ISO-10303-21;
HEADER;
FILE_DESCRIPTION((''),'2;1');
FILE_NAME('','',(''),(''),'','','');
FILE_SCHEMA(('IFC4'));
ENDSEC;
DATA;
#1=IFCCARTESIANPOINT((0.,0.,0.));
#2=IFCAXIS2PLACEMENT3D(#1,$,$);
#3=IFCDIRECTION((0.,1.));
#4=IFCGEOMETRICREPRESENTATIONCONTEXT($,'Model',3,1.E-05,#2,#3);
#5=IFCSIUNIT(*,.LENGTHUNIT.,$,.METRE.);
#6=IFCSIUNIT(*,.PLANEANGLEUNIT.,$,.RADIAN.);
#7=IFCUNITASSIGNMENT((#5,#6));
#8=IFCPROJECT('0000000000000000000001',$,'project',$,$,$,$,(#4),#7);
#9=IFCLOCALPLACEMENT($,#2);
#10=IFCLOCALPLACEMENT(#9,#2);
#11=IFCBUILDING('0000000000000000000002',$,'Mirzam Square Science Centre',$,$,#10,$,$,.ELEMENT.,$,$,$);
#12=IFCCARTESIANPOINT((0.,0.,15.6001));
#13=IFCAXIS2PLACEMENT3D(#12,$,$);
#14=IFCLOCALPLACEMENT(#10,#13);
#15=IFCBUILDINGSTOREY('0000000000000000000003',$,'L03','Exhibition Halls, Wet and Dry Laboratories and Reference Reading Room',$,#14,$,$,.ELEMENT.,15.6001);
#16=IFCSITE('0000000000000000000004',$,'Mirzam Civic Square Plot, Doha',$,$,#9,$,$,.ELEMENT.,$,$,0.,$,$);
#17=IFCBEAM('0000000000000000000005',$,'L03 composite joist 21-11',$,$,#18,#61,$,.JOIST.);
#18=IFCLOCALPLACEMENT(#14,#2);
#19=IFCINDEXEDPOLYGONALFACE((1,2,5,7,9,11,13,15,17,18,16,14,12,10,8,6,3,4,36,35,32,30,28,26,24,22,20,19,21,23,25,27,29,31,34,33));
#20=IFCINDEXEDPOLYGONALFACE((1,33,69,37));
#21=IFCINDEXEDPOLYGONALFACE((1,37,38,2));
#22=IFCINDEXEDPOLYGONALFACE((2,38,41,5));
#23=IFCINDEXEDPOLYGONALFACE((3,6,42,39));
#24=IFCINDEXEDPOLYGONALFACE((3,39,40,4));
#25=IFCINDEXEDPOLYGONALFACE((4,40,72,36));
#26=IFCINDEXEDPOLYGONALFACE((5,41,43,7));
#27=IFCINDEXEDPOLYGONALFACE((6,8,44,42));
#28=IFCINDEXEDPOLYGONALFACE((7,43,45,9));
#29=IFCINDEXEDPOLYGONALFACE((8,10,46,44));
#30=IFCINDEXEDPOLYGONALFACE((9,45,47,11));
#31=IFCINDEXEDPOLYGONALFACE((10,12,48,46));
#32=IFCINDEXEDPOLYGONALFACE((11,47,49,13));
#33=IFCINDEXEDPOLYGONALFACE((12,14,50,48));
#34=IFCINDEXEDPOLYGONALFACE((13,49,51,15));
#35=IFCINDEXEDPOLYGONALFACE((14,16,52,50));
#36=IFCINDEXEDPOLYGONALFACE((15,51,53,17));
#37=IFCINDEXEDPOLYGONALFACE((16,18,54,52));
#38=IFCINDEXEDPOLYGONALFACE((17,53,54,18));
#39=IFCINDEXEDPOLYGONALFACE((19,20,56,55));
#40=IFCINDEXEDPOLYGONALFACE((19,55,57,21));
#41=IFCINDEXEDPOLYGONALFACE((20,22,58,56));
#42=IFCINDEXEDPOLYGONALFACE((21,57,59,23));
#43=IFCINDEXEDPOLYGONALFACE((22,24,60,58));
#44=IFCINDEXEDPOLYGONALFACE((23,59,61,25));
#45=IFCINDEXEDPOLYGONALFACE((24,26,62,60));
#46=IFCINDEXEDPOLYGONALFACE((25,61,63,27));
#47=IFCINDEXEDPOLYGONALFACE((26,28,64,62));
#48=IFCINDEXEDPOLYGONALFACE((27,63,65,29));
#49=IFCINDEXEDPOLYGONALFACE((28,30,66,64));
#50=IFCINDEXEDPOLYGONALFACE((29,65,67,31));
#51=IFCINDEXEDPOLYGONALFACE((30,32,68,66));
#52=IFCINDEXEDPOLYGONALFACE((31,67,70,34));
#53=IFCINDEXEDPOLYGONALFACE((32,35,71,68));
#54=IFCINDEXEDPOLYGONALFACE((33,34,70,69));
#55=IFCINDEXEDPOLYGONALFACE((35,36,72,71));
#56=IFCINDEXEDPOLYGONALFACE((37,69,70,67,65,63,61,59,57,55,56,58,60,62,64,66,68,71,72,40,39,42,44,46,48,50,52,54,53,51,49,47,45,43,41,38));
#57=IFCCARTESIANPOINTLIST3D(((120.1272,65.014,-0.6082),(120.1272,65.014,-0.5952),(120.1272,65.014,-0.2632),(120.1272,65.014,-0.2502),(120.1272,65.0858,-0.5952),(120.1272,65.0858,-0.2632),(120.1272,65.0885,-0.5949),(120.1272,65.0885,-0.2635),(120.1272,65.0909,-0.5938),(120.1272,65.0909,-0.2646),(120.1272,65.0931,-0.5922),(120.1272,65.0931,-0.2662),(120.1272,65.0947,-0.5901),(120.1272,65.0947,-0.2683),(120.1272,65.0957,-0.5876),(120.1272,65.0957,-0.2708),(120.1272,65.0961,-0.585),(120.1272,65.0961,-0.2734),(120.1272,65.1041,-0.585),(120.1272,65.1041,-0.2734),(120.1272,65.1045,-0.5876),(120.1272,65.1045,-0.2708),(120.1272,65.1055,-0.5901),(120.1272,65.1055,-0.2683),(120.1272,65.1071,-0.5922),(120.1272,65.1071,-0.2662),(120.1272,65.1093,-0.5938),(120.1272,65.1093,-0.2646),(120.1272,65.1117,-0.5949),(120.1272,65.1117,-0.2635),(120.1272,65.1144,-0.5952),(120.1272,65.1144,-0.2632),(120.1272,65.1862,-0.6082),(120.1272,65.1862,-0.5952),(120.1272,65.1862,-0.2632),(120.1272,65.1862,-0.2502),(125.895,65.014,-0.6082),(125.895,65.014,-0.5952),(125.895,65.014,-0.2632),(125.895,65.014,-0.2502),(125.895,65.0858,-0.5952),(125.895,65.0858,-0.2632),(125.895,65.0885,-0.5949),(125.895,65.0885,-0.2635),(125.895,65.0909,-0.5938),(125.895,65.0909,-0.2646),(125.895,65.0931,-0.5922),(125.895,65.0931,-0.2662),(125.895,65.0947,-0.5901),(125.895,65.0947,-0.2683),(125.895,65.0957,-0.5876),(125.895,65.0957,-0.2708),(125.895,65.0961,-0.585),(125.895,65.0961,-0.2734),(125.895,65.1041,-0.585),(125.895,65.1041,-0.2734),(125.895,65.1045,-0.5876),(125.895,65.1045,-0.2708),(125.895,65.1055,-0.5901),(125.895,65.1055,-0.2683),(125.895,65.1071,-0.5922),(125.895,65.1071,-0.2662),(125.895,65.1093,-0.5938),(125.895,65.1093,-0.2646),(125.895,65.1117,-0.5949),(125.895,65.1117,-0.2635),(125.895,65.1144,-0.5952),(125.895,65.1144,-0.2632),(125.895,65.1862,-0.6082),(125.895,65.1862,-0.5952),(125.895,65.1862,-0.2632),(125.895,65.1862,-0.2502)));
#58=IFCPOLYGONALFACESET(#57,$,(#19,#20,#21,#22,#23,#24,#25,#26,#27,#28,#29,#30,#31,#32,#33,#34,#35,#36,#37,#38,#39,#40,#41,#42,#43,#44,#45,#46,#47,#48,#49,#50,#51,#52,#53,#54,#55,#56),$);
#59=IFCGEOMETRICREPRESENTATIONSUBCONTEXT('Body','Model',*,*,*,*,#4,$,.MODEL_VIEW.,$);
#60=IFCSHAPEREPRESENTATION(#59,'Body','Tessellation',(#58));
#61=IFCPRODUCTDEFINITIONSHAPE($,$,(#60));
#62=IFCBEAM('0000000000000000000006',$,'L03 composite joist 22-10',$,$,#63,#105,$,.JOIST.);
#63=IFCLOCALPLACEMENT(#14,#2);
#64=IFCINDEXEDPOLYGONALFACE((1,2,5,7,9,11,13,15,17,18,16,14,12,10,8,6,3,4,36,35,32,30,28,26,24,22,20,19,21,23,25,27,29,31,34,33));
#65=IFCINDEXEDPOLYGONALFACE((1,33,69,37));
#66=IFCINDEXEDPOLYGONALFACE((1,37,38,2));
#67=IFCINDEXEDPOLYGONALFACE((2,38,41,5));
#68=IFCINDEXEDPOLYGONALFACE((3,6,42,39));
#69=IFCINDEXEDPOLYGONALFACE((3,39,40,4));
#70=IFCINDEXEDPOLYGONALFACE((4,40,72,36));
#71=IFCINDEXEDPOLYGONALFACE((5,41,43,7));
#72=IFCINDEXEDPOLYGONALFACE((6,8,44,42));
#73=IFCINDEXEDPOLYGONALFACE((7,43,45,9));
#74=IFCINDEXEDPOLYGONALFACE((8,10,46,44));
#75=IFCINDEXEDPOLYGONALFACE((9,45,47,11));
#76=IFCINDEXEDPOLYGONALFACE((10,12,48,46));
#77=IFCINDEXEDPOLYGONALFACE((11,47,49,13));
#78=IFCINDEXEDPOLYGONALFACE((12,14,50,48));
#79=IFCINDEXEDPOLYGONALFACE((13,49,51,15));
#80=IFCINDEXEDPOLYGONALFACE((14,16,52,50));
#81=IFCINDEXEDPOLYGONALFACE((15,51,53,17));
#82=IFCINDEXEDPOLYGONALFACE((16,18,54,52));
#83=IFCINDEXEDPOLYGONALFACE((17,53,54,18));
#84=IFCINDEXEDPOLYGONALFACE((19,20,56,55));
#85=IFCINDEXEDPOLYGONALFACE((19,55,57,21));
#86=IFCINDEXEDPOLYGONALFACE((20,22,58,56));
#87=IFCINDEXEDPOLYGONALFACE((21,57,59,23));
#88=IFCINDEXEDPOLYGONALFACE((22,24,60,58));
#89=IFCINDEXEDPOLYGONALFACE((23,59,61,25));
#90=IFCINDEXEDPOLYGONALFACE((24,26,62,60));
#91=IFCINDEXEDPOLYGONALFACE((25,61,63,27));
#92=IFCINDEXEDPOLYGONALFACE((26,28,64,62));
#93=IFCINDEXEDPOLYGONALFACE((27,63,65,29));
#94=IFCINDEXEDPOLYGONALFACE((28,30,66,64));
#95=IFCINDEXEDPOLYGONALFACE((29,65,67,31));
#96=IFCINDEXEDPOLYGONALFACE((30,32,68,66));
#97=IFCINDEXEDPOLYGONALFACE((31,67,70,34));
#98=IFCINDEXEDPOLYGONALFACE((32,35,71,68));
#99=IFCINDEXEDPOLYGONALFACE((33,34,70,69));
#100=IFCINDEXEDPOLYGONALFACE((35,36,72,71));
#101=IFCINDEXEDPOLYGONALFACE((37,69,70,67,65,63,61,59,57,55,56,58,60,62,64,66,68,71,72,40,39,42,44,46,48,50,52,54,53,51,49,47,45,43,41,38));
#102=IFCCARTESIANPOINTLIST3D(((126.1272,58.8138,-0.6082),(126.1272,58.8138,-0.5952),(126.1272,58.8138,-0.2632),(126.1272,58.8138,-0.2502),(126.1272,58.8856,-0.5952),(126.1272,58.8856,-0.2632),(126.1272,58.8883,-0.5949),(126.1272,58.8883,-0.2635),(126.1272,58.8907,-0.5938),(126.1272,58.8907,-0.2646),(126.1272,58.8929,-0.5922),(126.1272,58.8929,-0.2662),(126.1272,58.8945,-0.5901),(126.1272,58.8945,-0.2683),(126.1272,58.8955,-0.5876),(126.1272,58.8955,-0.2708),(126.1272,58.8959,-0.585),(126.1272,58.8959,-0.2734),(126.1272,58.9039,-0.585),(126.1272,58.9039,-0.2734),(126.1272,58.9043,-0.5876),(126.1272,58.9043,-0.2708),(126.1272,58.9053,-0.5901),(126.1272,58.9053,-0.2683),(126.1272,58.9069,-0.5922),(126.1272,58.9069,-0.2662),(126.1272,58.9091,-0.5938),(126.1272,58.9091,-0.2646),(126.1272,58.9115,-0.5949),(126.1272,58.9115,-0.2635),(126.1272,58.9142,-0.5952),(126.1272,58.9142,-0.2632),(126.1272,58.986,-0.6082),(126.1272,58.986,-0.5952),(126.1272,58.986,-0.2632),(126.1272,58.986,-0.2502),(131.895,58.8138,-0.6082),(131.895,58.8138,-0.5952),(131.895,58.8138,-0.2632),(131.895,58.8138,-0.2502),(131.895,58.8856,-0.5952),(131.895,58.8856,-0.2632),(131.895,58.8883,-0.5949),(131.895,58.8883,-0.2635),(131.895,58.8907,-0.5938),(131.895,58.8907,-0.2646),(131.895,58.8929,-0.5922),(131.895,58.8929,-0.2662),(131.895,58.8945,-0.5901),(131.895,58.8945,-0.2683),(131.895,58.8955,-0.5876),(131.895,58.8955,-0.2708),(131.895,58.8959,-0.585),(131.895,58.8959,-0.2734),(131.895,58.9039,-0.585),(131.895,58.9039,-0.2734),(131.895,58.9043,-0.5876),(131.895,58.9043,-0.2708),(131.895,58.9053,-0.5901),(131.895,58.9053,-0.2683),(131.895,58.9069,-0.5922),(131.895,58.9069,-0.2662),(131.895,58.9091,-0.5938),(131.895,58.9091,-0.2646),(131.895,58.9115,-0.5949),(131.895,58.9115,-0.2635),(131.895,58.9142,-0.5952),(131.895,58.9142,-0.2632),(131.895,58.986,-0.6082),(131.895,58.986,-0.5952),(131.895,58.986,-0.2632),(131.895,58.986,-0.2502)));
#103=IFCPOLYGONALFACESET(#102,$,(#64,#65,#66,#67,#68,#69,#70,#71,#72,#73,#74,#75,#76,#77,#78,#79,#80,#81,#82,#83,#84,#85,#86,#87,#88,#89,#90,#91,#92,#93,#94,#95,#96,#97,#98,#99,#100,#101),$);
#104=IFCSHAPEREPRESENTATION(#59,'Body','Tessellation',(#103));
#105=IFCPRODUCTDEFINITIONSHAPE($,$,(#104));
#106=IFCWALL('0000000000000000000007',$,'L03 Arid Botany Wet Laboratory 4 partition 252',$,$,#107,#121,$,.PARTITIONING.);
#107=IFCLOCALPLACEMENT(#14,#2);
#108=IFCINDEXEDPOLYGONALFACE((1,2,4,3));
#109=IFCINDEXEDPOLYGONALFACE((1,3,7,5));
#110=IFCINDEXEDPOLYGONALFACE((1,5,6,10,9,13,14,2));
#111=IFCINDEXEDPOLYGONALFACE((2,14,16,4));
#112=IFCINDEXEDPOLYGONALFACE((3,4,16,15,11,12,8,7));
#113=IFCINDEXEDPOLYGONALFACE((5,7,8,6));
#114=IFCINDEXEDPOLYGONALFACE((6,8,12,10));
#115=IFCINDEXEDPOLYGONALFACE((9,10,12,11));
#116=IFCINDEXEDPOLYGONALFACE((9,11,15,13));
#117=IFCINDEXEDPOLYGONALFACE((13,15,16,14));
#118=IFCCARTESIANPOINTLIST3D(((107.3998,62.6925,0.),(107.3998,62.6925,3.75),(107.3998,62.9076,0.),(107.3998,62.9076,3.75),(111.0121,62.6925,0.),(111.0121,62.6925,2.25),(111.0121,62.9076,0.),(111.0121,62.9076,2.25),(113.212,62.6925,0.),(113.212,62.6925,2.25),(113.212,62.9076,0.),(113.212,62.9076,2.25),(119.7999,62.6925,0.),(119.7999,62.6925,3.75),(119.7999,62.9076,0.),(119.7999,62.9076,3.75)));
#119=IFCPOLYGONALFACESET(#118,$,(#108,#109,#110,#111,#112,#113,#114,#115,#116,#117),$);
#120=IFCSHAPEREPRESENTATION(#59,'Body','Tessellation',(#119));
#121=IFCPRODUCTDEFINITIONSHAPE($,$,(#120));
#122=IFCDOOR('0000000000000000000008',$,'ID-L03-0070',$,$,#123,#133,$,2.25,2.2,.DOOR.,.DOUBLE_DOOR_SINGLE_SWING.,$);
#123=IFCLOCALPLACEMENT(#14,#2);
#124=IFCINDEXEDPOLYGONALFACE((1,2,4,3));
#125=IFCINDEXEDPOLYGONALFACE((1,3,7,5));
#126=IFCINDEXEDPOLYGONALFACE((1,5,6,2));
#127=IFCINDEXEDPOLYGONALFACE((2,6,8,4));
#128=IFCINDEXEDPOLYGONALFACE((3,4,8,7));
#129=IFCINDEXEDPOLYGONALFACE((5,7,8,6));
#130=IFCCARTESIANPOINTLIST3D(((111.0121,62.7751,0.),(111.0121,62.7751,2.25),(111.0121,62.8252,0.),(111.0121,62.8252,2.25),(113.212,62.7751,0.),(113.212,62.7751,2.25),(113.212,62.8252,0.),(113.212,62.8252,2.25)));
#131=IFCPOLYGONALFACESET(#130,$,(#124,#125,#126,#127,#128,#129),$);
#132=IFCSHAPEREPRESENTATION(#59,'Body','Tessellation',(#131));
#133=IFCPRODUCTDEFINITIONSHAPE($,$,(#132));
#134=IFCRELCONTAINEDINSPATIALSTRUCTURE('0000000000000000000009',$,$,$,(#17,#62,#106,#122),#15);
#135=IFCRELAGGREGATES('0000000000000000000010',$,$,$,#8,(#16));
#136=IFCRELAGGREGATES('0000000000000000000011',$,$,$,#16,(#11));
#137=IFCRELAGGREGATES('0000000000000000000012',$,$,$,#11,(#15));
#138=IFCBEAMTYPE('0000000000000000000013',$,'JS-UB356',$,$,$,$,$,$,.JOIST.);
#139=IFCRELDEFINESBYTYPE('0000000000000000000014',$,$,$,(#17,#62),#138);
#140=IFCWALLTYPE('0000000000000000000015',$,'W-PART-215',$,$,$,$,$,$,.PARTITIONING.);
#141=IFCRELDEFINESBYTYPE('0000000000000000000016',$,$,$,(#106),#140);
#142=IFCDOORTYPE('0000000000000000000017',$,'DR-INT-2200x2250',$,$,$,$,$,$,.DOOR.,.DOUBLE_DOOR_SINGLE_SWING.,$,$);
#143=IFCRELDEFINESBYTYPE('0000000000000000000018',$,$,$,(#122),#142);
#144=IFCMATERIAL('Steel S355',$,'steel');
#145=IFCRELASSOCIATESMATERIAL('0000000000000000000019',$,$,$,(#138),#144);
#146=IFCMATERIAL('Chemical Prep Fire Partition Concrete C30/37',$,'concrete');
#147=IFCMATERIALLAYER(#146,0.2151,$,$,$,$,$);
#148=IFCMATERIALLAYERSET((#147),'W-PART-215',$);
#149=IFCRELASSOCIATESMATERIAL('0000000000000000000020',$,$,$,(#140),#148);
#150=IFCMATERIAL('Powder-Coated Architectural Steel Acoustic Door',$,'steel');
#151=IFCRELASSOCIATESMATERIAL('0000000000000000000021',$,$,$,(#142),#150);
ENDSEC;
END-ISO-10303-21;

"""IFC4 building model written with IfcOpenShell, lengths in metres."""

from ifc_helpers import new_model, si_unit, direction, frame, frame_2d, origin, origin_2d, place, context, subcontext, project, spatial, rectangle, i_section, extrude, material, layer, layer_set, material_profile, profile_set, type_object, element, fill, save


model = new_model("IFC4")

# Units and contexts
model_context = context("Model", 3, precision=1e-05, world=origin(), true_north=direction((0.0, 1.0)))
body_context = subcontext(model_context, "Body", "Model", "MODEL_VIEW")
ifc_project = project(units=[si_unit("LENGTHUNIT", "METRE"), si_unit("PLANEANGLEUNIT", "RADIAN")], contexts=[model_context])

# Site, building, storey
site_placement = place(None, origin())
site = spatial("IfcSite", under=ifc_project, at=site_placement, Name="Mirzam Civic Square Plot, Doha", CompositionType="ELEMENT", RefElevation=0.0)
building_placement = place(site_placement, origin())
building = spatial("IfcBuilding", under=site, at=building_placement, Name="Mirzam Square Science Centre", CompositionType="ELEMENT")
storey_placement = place(building_placement, frame((0.0, 0.0, 15.6001)))
storey = spatial("IfcBuildingStorey", under=building, at=storey_placement, Name="L03", Description="Exhibition Halls, Wet and Dry Laboratories and Reference Reading Room", CompositionType="ELEMENT", Elevation=15.6001)

# Shared definitions
ifc_material_1 = material(Name="Steel S355", Category="steel")

# Beams
ifc_material_profile_1 = material_profile(ifc_material_1, i_section(OverallWidth=0.1721, OverallDepth=0.3579, WebThickness=0.0081, FlangeThickness=0.0129, FilletRadius=0.0103, at=origin_2d()), Name="356x171x57UB")
ifc_profile_set_1 = profile_set([ifc_material_profile_1], Name="Steel S355")
beam_type_1 = type_object("IfcBeamType", Name="JS-UB356", PredefinedType="JOIST", material=ifc_profile_set_1)
for number, where, z_axis, x_axis, name in (
    (1, (120.1272, 65.1001, -0.4292), (1.0, 0.0, 0.0), (0.0, 1.0, 0.0), "L03 composite joist 21-11"),
    (2, (126.1272, 58.8999, -0.4292), (1.0, 0.0, 0.0), (0.0, 1.0, 0.0), "L03 composite joist 22-10"),
):
    element("IfcBeam", number, at=place(storey_placement, frame(where, z_axis=z_axis, x_axis=x_axis)), inside=storey, type_object=beam_type_1, Name=name, PredefinedType="JOIST", context=body_context, shape_type="SweptSolid", body=[
        extrude(i_section(OverallWidth=0.1721, OverallDepth=0.3579, WebThickness=0.0081, FlangeThickness=0.0129, FilletRadius=0.0103, at=origin_2d()), origin(), (0.0, 0.0, 1.0), 5.7678),
    ])

# Wall, opening, door
ifc_material_2 = material(Name="Chemical Prep Fire Partition Concrete C30/37", Category="concrete")
ifc_layer = layer(ifc_material_2, 0.2151)
ifc_layer_set = layer_set([ifc_layer], Name="W-PART-215")
wall_type = type_object("IfcWallType", Name="W-PART-215", PredefinedType="PARTITIONING", material=ifc_layer_set)
wall_placement = place(storey_placement, frame((119.8, 62.8, 0.0), z_axis=(0.0, 0.0, 1.0), x_axis=(-1.0, 0.0, 0.0)))
wall = element("IfcWall", 3, at=wall_placement, inside=storey, type_object=wall_type, Name="L03 Arid Botany Wet Laboratory 4 partition 252", PredefinedType="PARTITIONING", context=body_context, shape_type="SweptSolid", body=[
    extrude(rectangle(XDim=12.4001, YDim=0.2151, at=frame_2d((6.2002, 0.0))), origin(), (0.0, 0.0, 1.0), 3.75),
])
opening_placement = place(wall_placement, frame((6.5879, 0.0, 0.0)))
opening = element("IfcOpeningElement", 4, at=opening_placement, cuts=wall, PredefinedType="OPENING", context=body_context, shape_type="SweptSolid", body=[
    extrude(rectangle(XDim=2.2, YDim=2.25, at=frame_2d((1.1001, 1.125))), frame((0.0, 0.1174, 0.0), z_axis=(0.0, -1.0, 0.0), x_axis=(1.0, 0.0, 0.0)), (0.0, 0.0, 1.0), 0.2351),
])
ifc_material_3 = material(Name="Powder-Coated Architectural Steel Acoustic Door", Category="steel")
door_type = type_object("IfcDoorType", Name="DR-INT-2200x2250", OperationType="DOUBLE_DOOR_SINGLE_SWING", PredefinedType="DOOR", material=ifc_material_3)
door_placement = place(opening_placement, origin())
door = element("IfcDoor", 5, at=door_placement, inside=storey, type_object=door_type, Name="ID-L03-0070", OperationType="DOUBLE_DOOR_SINGLE_SWING", OverallHeight=2.25, OverallWidth=2.2, PredefinedType="DOOR", context=body_context, shape_type="SweptSolid", body=[
    extrude(rectangle(XDim=2.2, YDim=2.25, at=frame_2d((1.1001, 1.125))), frame((0.0, 0.0249, 0.0), z_axis=(0.0, -1.0, 0.0), x_axis=(1.0, 0.0, 0.0)), (0.0, 0.0, 1.0), 0.05),
])
fill(opening, door)

save(model, "model.ifc")
